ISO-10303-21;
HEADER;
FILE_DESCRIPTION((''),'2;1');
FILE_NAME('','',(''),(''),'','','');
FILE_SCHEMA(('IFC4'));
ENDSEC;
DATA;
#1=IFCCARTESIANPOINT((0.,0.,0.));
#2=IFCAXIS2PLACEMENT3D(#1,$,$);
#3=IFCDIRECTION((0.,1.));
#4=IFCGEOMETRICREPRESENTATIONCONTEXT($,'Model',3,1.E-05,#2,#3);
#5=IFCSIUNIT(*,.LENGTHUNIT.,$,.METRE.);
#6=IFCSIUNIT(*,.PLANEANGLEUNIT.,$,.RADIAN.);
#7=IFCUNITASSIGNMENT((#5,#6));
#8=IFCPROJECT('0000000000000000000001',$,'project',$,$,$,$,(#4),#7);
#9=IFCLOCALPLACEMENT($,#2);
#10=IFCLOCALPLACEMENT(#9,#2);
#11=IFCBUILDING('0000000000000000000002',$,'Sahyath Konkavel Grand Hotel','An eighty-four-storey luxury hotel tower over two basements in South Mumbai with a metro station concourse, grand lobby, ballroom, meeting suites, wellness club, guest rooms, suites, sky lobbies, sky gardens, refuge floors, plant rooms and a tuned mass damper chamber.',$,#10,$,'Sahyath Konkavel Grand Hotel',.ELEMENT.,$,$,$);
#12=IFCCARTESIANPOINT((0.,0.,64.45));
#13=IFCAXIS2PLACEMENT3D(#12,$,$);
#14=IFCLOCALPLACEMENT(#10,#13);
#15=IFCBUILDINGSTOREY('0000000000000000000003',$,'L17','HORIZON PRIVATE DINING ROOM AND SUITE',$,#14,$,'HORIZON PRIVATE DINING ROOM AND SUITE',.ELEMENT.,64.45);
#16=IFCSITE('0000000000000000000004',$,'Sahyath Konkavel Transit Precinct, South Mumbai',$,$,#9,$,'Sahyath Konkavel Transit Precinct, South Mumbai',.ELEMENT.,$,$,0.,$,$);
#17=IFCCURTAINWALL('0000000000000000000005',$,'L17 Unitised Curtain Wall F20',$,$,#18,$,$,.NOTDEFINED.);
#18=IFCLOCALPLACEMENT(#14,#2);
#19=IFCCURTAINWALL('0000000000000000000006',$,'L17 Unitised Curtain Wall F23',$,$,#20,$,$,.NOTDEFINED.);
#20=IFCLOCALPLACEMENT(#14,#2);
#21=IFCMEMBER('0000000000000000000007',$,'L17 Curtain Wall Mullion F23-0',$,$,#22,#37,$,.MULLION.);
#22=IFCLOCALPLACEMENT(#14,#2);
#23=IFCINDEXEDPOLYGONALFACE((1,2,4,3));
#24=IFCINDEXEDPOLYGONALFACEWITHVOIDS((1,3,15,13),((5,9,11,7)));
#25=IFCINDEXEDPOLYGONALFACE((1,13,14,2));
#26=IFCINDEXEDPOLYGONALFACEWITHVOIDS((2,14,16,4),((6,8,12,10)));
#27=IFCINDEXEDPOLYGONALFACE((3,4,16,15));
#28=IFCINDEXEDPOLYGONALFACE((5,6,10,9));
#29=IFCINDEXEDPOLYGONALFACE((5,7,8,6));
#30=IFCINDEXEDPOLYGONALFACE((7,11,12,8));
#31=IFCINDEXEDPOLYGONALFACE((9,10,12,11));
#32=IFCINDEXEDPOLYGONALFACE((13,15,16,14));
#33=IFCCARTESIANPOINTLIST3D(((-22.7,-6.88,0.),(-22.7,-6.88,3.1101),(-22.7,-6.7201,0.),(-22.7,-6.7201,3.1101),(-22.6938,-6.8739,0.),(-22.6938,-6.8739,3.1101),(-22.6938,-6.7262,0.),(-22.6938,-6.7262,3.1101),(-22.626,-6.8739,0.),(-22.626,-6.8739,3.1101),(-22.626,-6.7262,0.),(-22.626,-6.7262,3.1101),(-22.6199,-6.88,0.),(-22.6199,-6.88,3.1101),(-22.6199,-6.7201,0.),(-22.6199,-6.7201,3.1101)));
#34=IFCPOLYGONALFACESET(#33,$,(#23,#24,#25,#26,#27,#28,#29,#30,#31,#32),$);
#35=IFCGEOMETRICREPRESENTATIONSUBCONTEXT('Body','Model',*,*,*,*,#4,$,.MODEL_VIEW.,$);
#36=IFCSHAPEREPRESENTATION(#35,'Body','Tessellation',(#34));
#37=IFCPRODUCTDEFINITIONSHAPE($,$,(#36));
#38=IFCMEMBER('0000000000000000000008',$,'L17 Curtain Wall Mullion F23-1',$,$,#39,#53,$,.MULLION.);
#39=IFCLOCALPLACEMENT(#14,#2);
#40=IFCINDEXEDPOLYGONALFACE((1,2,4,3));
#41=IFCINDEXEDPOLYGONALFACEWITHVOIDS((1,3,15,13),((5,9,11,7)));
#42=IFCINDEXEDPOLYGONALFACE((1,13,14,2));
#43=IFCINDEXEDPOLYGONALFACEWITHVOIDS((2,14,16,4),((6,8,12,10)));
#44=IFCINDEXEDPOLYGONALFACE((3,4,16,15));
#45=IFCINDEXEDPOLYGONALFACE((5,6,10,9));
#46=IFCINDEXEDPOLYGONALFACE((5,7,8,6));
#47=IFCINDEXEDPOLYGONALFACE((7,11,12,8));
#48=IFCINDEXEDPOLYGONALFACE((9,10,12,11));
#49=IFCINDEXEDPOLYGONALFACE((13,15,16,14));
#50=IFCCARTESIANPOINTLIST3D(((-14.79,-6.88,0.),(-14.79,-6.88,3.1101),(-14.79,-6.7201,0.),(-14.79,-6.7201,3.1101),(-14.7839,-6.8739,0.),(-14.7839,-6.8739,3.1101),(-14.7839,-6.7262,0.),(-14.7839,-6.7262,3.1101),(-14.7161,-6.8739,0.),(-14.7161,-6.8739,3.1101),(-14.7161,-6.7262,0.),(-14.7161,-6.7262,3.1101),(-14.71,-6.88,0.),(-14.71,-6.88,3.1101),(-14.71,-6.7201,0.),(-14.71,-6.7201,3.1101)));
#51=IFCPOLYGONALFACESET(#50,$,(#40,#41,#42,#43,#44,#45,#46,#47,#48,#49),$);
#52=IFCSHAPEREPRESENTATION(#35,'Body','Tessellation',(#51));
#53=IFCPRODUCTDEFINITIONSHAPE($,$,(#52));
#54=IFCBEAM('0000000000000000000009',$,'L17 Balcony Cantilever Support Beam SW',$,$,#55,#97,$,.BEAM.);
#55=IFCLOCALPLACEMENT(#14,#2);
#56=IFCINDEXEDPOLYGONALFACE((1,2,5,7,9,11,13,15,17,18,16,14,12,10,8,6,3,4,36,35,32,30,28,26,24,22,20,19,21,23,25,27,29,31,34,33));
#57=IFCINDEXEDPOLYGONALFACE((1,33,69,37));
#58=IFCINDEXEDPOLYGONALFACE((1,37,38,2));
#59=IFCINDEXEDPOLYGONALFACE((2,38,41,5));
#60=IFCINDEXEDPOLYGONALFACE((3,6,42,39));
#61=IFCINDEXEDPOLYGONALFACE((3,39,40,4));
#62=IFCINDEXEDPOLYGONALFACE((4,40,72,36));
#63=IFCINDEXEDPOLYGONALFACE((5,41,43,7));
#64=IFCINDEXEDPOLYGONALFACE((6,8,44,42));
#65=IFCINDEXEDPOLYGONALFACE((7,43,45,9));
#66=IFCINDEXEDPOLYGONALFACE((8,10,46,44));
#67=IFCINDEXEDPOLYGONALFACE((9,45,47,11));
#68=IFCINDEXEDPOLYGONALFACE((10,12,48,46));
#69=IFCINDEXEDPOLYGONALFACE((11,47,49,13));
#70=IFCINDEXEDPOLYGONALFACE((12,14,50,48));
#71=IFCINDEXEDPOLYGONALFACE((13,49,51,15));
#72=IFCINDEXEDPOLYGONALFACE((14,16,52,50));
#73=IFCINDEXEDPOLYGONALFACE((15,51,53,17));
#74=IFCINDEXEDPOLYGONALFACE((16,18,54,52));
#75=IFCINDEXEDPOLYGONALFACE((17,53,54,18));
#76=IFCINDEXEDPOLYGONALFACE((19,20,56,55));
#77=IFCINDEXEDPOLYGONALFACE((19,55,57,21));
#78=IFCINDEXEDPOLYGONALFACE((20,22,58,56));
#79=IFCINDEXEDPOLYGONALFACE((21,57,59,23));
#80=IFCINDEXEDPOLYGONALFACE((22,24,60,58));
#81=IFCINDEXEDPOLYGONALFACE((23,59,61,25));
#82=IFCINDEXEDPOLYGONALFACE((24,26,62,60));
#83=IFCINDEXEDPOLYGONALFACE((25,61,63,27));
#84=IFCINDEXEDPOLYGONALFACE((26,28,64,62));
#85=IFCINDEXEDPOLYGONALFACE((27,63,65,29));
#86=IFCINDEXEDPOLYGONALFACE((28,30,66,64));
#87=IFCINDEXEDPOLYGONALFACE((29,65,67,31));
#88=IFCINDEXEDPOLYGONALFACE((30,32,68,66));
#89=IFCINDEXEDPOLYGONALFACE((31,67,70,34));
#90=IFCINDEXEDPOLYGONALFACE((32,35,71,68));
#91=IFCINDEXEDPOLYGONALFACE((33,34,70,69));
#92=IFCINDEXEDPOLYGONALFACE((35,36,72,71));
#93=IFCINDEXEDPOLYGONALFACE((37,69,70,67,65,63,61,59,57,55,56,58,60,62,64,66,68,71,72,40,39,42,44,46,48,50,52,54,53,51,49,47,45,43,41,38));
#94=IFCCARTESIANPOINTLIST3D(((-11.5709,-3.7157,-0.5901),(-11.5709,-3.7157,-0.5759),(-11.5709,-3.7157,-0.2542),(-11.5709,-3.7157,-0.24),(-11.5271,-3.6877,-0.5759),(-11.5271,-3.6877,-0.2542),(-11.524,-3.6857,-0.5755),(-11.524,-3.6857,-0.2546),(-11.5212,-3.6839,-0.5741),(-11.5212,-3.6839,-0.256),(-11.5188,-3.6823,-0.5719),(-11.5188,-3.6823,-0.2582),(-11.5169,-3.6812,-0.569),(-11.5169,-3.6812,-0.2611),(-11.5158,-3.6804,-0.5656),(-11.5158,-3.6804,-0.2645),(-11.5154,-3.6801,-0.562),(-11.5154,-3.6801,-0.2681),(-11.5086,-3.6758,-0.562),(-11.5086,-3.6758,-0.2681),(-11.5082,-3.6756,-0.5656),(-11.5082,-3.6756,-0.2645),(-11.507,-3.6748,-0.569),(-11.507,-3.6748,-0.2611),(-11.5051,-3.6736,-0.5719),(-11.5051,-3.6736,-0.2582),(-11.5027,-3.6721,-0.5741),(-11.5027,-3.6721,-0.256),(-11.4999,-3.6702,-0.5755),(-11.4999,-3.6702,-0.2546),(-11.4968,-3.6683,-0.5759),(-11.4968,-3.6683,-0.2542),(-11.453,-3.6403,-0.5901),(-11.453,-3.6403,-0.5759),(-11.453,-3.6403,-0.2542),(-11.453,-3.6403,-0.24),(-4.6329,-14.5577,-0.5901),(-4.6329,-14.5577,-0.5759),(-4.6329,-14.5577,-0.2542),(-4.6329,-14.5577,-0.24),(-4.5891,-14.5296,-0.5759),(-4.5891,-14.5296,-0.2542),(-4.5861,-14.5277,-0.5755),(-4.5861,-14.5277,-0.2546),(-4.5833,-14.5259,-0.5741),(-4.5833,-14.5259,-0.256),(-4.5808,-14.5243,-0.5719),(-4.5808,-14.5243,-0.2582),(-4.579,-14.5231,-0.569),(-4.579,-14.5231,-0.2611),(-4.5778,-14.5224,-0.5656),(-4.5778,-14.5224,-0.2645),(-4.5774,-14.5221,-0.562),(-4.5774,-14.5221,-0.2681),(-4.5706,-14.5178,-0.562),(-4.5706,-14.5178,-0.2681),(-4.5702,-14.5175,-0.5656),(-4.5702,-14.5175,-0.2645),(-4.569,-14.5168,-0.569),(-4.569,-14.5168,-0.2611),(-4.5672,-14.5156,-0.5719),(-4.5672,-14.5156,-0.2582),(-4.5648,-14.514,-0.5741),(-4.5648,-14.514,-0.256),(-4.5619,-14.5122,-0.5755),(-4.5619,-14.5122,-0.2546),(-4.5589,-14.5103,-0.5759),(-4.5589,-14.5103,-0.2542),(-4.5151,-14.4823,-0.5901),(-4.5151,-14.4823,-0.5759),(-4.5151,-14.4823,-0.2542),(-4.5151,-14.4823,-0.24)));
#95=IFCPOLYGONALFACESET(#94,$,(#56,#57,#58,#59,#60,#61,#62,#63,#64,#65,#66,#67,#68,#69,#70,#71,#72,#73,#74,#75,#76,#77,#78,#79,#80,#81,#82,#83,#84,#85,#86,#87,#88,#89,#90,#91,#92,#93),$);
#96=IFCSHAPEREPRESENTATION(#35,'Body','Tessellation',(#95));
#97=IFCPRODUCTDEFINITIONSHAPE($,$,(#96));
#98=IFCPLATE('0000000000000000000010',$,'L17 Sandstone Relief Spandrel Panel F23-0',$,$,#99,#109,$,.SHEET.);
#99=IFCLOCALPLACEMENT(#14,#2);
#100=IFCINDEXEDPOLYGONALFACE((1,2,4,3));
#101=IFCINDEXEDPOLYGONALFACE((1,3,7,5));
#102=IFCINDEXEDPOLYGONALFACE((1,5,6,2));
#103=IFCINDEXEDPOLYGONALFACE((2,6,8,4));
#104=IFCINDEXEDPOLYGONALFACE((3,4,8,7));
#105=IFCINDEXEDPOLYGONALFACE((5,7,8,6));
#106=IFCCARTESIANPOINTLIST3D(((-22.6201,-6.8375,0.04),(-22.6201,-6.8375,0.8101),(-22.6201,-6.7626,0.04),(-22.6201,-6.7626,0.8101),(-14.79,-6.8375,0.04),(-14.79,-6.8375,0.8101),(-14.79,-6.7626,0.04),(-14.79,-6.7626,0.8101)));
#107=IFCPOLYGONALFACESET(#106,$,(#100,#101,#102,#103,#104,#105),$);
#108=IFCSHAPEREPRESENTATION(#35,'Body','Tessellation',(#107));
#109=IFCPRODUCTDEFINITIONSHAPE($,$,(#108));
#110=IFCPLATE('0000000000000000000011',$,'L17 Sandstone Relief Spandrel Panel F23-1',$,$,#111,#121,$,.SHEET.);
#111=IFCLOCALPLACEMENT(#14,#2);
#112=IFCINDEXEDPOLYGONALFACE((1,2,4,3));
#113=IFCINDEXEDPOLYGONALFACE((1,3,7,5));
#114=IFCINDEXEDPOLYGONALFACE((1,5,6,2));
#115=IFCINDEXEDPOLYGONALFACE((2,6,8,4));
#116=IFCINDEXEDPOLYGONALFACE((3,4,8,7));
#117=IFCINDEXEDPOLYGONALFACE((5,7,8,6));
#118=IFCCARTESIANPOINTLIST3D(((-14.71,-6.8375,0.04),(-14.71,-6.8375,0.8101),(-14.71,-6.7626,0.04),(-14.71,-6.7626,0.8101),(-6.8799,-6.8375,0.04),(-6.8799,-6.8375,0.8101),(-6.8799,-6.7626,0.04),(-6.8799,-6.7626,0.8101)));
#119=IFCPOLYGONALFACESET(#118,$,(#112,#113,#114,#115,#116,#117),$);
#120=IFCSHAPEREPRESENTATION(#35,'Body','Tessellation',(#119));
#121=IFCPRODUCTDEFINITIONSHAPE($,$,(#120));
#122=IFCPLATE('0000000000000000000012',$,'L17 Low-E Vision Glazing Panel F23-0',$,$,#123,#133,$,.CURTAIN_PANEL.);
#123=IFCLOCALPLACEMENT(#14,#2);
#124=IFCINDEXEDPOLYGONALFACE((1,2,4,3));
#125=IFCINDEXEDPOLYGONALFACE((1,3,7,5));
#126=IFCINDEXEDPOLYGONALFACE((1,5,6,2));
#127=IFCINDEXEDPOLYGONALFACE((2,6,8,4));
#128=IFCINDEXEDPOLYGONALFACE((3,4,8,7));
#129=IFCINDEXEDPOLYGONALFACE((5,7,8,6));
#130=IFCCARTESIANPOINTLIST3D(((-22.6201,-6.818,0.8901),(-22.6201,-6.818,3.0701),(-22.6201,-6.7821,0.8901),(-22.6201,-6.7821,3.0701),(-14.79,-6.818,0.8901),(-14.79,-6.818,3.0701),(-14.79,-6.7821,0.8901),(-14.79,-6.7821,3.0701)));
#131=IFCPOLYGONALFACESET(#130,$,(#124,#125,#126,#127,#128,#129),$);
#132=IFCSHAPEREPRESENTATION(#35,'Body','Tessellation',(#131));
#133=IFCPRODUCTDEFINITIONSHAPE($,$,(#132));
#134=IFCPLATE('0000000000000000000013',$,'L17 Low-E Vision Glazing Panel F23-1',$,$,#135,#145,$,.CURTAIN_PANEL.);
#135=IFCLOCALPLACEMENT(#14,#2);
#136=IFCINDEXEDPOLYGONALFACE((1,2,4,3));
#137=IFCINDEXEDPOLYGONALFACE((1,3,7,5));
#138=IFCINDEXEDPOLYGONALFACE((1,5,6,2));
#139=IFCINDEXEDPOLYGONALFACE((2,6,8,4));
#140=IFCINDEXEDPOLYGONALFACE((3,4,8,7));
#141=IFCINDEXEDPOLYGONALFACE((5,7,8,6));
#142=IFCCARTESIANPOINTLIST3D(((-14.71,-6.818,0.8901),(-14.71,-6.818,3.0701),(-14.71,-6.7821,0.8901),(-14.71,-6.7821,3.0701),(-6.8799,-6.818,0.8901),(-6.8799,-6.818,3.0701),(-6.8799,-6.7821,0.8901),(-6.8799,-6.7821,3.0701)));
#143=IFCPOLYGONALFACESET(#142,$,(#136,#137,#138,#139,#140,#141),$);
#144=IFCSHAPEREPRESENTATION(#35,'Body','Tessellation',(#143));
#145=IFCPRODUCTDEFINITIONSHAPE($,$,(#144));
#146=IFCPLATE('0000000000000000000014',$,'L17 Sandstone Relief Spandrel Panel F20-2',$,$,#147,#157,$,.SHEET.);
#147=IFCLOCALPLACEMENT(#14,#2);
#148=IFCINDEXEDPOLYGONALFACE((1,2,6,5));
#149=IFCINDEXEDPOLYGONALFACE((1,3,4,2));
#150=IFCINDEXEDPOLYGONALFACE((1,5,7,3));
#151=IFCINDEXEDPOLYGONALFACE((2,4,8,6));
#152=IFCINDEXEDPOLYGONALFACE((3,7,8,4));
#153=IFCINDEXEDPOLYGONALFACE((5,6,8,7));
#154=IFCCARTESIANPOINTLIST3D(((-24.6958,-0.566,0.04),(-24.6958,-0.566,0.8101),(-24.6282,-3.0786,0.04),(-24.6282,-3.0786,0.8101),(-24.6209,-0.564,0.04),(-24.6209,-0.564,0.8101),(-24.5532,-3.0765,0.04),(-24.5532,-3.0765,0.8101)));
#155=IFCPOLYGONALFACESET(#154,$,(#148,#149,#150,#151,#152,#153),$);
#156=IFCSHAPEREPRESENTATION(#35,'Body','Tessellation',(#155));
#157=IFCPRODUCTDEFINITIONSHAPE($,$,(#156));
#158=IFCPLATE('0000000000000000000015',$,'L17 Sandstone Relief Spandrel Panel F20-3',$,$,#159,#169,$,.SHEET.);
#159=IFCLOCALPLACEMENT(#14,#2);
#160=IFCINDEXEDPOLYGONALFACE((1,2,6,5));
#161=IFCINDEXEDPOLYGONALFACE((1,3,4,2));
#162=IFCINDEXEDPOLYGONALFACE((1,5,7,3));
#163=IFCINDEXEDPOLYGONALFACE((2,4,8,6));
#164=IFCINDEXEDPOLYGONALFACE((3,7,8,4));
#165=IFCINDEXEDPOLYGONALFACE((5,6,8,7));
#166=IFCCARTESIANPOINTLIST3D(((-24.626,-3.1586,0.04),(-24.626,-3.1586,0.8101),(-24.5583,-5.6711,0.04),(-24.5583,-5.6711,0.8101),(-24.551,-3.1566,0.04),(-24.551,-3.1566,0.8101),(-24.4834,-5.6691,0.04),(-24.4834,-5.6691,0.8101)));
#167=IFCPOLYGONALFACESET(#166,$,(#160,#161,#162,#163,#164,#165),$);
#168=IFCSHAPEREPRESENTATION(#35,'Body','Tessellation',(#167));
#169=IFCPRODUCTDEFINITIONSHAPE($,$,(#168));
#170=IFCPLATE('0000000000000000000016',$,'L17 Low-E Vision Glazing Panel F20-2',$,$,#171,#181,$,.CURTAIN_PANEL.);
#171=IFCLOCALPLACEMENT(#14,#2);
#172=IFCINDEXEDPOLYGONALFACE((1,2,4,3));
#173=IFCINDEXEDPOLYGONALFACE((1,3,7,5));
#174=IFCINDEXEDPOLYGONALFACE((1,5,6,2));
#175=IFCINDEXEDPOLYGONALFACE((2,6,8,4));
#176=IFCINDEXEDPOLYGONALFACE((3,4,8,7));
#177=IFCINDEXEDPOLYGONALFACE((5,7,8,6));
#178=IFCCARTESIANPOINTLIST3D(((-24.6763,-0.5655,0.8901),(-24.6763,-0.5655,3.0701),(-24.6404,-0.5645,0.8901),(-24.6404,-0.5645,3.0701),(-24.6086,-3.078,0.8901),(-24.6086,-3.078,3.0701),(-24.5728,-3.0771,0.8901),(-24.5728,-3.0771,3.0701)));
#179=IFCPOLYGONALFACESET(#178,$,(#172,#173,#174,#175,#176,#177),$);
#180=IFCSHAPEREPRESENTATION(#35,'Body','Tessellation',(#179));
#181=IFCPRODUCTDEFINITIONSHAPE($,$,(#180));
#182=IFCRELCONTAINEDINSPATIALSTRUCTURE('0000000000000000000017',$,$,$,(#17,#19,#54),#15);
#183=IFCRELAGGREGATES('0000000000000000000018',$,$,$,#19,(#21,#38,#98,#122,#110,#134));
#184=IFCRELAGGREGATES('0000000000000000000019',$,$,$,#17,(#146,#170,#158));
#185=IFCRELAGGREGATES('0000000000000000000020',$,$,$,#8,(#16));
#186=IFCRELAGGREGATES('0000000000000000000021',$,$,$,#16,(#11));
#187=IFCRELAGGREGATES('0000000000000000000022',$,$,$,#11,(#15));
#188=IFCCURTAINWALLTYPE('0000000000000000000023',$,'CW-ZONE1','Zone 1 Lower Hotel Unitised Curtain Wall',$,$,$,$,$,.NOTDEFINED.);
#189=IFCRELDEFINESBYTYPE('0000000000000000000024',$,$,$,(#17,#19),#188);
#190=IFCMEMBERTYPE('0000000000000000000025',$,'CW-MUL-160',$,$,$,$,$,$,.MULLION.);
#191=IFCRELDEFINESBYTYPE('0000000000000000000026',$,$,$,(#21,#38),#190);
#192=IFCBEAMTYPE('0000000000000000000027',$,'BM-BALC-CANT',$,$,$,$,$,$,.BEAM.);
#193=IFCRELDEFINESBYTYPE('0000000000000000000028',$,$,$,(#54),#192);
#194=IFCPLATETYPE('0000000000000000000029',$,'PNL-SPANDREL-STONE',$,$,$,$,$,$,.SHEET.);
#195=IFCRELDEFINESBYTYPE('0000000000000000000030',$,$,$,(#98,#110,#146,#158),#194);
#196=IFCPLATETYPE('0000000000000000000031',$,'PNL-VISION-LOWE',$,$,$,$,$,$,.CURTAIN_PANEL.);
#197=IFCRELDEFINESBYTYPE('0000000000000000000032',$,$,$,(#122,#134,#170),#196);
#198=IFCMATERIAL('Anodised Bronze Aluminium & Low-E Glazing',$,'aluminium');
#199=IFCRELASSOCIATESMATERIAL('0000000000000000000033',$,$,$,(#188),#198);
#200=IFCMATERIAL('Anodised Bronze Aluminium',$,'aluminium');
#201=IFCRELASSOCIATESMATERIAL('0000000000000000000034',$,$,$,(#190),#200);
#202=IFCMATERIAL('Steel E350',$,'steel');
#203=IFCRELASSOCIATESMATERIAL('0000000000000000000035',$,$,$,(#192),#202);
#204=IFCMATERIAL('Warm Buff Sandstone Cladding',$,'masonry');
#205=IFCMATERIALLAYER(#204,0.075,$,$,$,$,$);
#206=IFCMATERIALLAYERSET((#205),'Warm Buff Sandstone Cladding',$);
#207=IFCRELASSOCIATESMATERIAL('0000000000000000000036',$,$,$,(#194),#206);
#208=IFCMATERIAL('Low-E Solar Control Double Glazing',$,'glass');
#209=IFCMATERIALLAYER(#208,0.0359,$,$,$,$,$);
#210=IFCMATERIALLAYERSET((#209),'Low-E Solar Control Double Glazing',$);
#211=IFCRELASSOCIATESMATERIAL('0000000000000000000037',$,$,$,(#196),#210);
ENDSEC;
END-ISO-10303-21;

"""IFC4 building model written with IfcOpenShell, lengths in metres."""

from ifc_helpers import new_model, si_unit, direction, frame, origin, origin_2d, place, context, subcontext, project, spatial, rectangle, hollow_rectangle, i_section, extrude, source, transform, mapped, material, layer, layer_set, material_profile, profile_set, type_object, element, aggregate, save


model = new_model("IFC4")

# Units and contexts
model_context = context("Model", 3, precision=1e-05, world=origin(), true_north=direction((0.0, 1.0)))
body_context = subcontext(model_context, "Body", "Model", "MODEL_VIEW")
ifc_project = project(units=[si_unit("LENGTHUNIT", "METRE"), si_unit("PLANEANGLEUNIT", "RADIAN")], contexts=[model_context])

# Site, building, storey
site_placement = place(None, origin())
site = spatial("IfcSite", under=ifc_project, at=site_placement, Name="Sahyath Konkavel Transit Precinct, South Mumbai", LongName="Sahyath Konkavel Transit Precinct, South Mumbai", CompositionType="ELEMENT", RefElevation=0.0)
building_placement = place(site_placement, origin())
building = spatial("IfcBuilding", under=site, at=building_placement, Name="Sahyath Konkavel Grand Hotel", Description="An eighty-four-storey luxury hotel tower over two basements in South Mumbai with a metro station concourse, grand lobby, ballroom, meeting suites, wellness club, guest rooms, suites, sky lobbies, sky gardens, refuge floors, plant rooms and a tuned mass damper chamber.", LongName="Sahyath Konkavel Grand Hotel", CompositionType="ELEMENT")
storey_placement = place(building_placement, frame((0.0, 0.0, 64.45)))
storey = spatial("IfcBuildingStorey", under=building, at=storey_placement, Name="L17", Description="HORIZON PRIVATE DINING ROOM AND SUITE", LongName="HORIZON PRIVATE DINING ROOM AND SUITE", CompositionType="ELEMENT", Elevation=64.45)

# Shared definitions
ifc_material_1 = material(Name="Steel E350", Category="steel")

# Curtain wall
ifc_material_2 = material(Name="Anodised Bronze Aluminium & Low-E Glazing", Category="aluminium")
curtain_wall_type = type_object("IfcCurtainWallType", Name="CW-ZONE1", Description="Zone 1 Lower Hotel Unitised Curtain Wall", PredefinedType="NOTDEFINED", material=ifc_material_2)
curtain_wall_1_placement = place(storey_placement, origin())
curtain_wall_1 = element("IfcCurtainWall", 1, at=curtain_wall_1_placement, inside=storey, type_object=curtain_wall_type, Name="L17 Unitised Curtain Wall F20", PredefinedType="NOTDEFINED")

# Curtain wall
curtain_wall_2_placement = place(storey_placement, origin())
curtain_wall_2 = element("IfcCurtainWall", 2, at=curtain_wall_2_placement, inside=storey, type_object=curtain_wall_type, Name="L17 Unitised Curtain Wall F23", PredefinedType="NOTDEFINED")
ifc_material_3 = material(Name="Anodised Bronze Aluminium", Category="aluminium")

# Members
ifc_material_profile_1 = material_profile(ifc_material_3, hollow_rectangle(XDim=0.0801, YDim=0.1599, WallThickness=0.0061, at=origin_2d()), Name="RHS 160x80x6")
ifc_profile_set_1 = profile_set([ifc_material_profile_1], Name="Anodised Bronze Aluminium")
member_type_1 = type_object("IfcMemberType", Name="CW-MUL-160", PredefinedType="MULLION", material=ifc_profile_set_1)
shared_shape_1 = source(origin(), body_context, "Body", "SweptSolid", [
    extrude(hollow_rectangle(XDim=0.0801, YDim=0.1599, WallThickness=0.0061, at=origin_2d()), origin(), (0.0, 0.0, 1.0), 3.1101),
])
member_1_placement = place(storey_placement, frame((-22.6599, -6.8, 0.0), z_axis=(0.0, 0.0, 1.0), x_axis=(1.0, 0.0, 0.0)))
member_1 = element("IfcMember", 3, at=member_1_placement, type_object=member_type_1, Name="L17 Curtain Wall Mullion F23-0", PredefinedType="MULLION", context=body_context, shape_type="MappedRepresentation", body=[
    mapped(shared_shape_1, transform((0.0, 0.0, 0.0), scale=1.0)),
])
member_2_placement = place(storey_placement, frame((-14.75, -6.8, 0.0), z_axis=(0.0, 0.0, 1.0), x_axis=(1.0, 0.0, 0.0)))
member_2 = element("IfcMember", 4, at=member_2_placement, type_object=member_type_1, Name="L17 Curtain Wall Mullion F23-1", PredefinedType="MULLION", context=body_context, shape_type="MappedRepresentation", body=[
    mapped(shared_shape_1, transform((0.0, 0.0, 0.0), scale=1.0)),
])

# Beam
ifc_material_profile_2 = material_profile(ifc_material_1, i_section(OverallWidth=0.1399, OverallDepth=0.3501, WebThickness=0.0081, FlangeThickness=0.0142, FilletRadius=0.0139, at=origin_2d()), Name="ISMB 350")
ifc_profile_set_2 = profile_set([ifc_material_profile_2], Name="Steel E350")
beam_type_1 = type_object("IfcBeamType", Name="BM-BALC-CANT", PredefinedType="BEAM", material=ifc_profile_set_2)
shared_shape_2 = source(origin(), body_context, "Body", "SweptSolid", [
    extrude(i_section(OverallWidth=0.1399, OverallDepth=0.3501, WebThickness=0.0081, FlangeThickness=0.0142, FilletRadius=0.0139, at=origin_2d()), origin(), (0.0, 0.0, 1.0), 12.8718),
])
beam_1_placement = place(storey_placement, frame((-11.512, -3.678, -0.415), z_axis=(0.539003, -0.842304, 0.0), x_axis=(0.842304, 0.539003, 0.0)))
element("IfcBeam", 5, at=beam_1_placement, inside=storey, type_object=beam_type_1, Name="L17 Balcony Cantilever Support Beam SW", PredefinedType="BEAM", context=body_context, shape_type="MappedRepresentation", body=[
    mapped(shared_shape_2, transform((0.0, 0.0, 0.0), scale=1.0)),
])

# Plates
ifc_material_4 = material(Name="Warm Buff Sandstone Cladding", Category="masonry")
ifc_layer_1 = layer(ifc_material_4, 0.075)
ifc_layer_set_1 = layer_set([ifc_layer_1], Name="Warm Buff Sandstone Cladding")
plate_type_1 = type_object("IfcPlateType", Name="PNL-SPANDREL-STONE", PredefinedType="SHEET", material=ifc_layer_set_1)
shared_shape_3 = source(origin(), body_context, "Body", "SweptSolid", [
    extrude(rectangle(XDim=7.8301, YDim=0.075, at=origin_2d()), origin(), (0.0, 0.0, 1.0), 0.77),
])
plate_1_placement = place(storey_placement, frame((-18.7051, -6.8, 0.04), z_axis=(0.0, 0.0, 1.0), x_axis=(1.0, 0.0, 0.0)))
plate_1 = element("IfcPlate", 6, at=plate_1_placement, type_object=plate_type_1, Name="L17 Sandstone Relief Spandrel Panel F23-0", PredefinedType="SHEET", context=body_context, shape_type="MappedRepresentation", body=[
    mapped(shared_shape_3, transform((0.0, 0.0, 0.0), scale=1.0)),
])
plate_2_placement = place(storey_placement, frame((-10.7949, -6.8, 0.04), z_axis=(0.0, 0.0, 1.0), x_axis=(1.0, 0.0, 0.0)))
plate_2 = element("IfcPlate", 7, at=plate_2_placement, type_object=plate_type_1, Name="L17 Sandstone Relief Spandrel Panel F23-1", PredefinedType="SHEET", context=body_context, shape_type="MappedRepresentation", body=[
    mapped(shared_shape_3, transform((0.0, 0.0, 0.0), scale=1.0)),
])
ifc_material_5 = material(Name="Low-E Solar Control Double Glazing", Category="glass")
ifc_layer_2 = layer(ifc_material_5, 0.0359)
ifc_layer_set_2 = layer_set([ifc_layer_2], Name="Low-E Solar Control Double Glazing")
plate_type_2 = type_object("IfcPlateType", Name="PNL-VISION-LOWE", PredefinedType="CURTAIN_PANEL", material=ifc_layer_set_2)
shared_shape_4 = source(origin(), body_context, "Body", "SweptSolid", [
    extrude(rectangle(XDim=7.8301, YDim=0.0359, at=origin_2d()), origin(), (0.0, 0.0, 1.0), 2.1799),
])
plate_3_placement = place(storey_placement, frame((-18.7051, -6.8, 0.8901), z_axis=(0.0, 0.0, 1.0), x_axis=(1.0, 0.0, 0.0)))
plate_3 = element("IfcPlate", 8, at=plate_3_placement, type_object=plate_type_2, Name="L17 Low-E Vision Glazing Panel F23-0", PredefinedType="CURTAIN_PANEL", context=body_context, shape_type="MappedRepresentation", body=[
    mapped(shared_shape_4, transform((0.0, 0.0, 0.0), scale=1.0)),
])
plate_4_placement = place(storey_placement, frame((-10.7949, -6.8, 0.8901), z_axis=(0.0, 0.0, 1.0), x_axis=(1.0, 0.0, 0.0)))
plate_4 = element("IfcPlate", 9, at=plate_4_placement, type_object=plate_type_2, Name="L17 Low-E Vision Glazing Panel F23-1", PredefinedType="CURTAIN_PANEL", context=body_context, shape_type="MappedRepresentation", body=[
    mapped(shared_shape_4, transform((0.0, 0.0, 0.0), scale=1.0)),
])
aggregate(curtain_wall_2, [member_1, member_2, plate_1, plate_3, plate_2, plate_4])
shared_shape_5 = source(origin(), body_context, "Body", "SweptSolid", [
    extrude(rectangle(XDim=2.5134, YDim=0.075, at=origin_2d()), origin(), (0.0, 0.0, 1.0), 0.77),
])
plate_5_placement = place(storey_placement, frame((-24.6245, -1.8213, 0.04), z_axis=(0.0, 0.0, 1.0), x_axis=(0.02691, -0.999638, 0.0)))
plate_5 = element("IfcPlate", 10, at=plate_5_placement, type_object=plate_type_1, Name="L17 Sandstone Relief Spandrel Panel F20-2", PredefinedType="SHEET", context=body_context, shape_type="MappedRepresentation", body=[
    mapped(shared_shape_5, transform((0.0, 0.0, 0.0), scale=1.0)),
])
plate_6_placement = place(storey_placement, frame((-24.5547, -4.4138, 0.04), z_axis=(0.0, 0.0, 1.0), x_axis=(0.02691, -0.999638, 0.0)))
plate_6 = element("IfcPlate", 11, at=plate_6_placement, type_object=plate_type_1, Name="L17 Sandstone Relief Spandrel Panel F20-3", PredefinedType="SHEET", context=body_context, shape_type="MappedRepresentation", body=[
    mapped(shared_shape_5, transform((0.0, 0.0, 0.0), scale=1.0)),
])
shared_shape_6 = source(origin(), body_context, "Body", "SweptSolid", [
    extrude(rectangle(XDim=2.5134, YDim=0.0359, at=origin_2d()), origin(), (0.0, 0.0, 1.0), 2.1799),
])
plate_7_placement = place(storey_placement, frame((-24.6245, -1.8213, 0.8901), z_axis=(0.0, 0.0, 1.0), x_axis=(0.02691, -0.999638, 0.0)))
plate_7 = element("IfcPlate", 12, at=plate_7_placement, type_object=plate_type_2, Name="L17 Low-E Vision Glazing Panel F20-2", PredefinedType="CURTAIN_PANEL", context=body_context, shape_type="MappedRepresentation", body=[
    mapped(shared_shape_6, transform((0.0, 0.0, 0.0), scale=1.0)),
])
aggregate(curtain_wall_1, [plate_5, plate_7, plate_6])

save(model, "model.ifc")
